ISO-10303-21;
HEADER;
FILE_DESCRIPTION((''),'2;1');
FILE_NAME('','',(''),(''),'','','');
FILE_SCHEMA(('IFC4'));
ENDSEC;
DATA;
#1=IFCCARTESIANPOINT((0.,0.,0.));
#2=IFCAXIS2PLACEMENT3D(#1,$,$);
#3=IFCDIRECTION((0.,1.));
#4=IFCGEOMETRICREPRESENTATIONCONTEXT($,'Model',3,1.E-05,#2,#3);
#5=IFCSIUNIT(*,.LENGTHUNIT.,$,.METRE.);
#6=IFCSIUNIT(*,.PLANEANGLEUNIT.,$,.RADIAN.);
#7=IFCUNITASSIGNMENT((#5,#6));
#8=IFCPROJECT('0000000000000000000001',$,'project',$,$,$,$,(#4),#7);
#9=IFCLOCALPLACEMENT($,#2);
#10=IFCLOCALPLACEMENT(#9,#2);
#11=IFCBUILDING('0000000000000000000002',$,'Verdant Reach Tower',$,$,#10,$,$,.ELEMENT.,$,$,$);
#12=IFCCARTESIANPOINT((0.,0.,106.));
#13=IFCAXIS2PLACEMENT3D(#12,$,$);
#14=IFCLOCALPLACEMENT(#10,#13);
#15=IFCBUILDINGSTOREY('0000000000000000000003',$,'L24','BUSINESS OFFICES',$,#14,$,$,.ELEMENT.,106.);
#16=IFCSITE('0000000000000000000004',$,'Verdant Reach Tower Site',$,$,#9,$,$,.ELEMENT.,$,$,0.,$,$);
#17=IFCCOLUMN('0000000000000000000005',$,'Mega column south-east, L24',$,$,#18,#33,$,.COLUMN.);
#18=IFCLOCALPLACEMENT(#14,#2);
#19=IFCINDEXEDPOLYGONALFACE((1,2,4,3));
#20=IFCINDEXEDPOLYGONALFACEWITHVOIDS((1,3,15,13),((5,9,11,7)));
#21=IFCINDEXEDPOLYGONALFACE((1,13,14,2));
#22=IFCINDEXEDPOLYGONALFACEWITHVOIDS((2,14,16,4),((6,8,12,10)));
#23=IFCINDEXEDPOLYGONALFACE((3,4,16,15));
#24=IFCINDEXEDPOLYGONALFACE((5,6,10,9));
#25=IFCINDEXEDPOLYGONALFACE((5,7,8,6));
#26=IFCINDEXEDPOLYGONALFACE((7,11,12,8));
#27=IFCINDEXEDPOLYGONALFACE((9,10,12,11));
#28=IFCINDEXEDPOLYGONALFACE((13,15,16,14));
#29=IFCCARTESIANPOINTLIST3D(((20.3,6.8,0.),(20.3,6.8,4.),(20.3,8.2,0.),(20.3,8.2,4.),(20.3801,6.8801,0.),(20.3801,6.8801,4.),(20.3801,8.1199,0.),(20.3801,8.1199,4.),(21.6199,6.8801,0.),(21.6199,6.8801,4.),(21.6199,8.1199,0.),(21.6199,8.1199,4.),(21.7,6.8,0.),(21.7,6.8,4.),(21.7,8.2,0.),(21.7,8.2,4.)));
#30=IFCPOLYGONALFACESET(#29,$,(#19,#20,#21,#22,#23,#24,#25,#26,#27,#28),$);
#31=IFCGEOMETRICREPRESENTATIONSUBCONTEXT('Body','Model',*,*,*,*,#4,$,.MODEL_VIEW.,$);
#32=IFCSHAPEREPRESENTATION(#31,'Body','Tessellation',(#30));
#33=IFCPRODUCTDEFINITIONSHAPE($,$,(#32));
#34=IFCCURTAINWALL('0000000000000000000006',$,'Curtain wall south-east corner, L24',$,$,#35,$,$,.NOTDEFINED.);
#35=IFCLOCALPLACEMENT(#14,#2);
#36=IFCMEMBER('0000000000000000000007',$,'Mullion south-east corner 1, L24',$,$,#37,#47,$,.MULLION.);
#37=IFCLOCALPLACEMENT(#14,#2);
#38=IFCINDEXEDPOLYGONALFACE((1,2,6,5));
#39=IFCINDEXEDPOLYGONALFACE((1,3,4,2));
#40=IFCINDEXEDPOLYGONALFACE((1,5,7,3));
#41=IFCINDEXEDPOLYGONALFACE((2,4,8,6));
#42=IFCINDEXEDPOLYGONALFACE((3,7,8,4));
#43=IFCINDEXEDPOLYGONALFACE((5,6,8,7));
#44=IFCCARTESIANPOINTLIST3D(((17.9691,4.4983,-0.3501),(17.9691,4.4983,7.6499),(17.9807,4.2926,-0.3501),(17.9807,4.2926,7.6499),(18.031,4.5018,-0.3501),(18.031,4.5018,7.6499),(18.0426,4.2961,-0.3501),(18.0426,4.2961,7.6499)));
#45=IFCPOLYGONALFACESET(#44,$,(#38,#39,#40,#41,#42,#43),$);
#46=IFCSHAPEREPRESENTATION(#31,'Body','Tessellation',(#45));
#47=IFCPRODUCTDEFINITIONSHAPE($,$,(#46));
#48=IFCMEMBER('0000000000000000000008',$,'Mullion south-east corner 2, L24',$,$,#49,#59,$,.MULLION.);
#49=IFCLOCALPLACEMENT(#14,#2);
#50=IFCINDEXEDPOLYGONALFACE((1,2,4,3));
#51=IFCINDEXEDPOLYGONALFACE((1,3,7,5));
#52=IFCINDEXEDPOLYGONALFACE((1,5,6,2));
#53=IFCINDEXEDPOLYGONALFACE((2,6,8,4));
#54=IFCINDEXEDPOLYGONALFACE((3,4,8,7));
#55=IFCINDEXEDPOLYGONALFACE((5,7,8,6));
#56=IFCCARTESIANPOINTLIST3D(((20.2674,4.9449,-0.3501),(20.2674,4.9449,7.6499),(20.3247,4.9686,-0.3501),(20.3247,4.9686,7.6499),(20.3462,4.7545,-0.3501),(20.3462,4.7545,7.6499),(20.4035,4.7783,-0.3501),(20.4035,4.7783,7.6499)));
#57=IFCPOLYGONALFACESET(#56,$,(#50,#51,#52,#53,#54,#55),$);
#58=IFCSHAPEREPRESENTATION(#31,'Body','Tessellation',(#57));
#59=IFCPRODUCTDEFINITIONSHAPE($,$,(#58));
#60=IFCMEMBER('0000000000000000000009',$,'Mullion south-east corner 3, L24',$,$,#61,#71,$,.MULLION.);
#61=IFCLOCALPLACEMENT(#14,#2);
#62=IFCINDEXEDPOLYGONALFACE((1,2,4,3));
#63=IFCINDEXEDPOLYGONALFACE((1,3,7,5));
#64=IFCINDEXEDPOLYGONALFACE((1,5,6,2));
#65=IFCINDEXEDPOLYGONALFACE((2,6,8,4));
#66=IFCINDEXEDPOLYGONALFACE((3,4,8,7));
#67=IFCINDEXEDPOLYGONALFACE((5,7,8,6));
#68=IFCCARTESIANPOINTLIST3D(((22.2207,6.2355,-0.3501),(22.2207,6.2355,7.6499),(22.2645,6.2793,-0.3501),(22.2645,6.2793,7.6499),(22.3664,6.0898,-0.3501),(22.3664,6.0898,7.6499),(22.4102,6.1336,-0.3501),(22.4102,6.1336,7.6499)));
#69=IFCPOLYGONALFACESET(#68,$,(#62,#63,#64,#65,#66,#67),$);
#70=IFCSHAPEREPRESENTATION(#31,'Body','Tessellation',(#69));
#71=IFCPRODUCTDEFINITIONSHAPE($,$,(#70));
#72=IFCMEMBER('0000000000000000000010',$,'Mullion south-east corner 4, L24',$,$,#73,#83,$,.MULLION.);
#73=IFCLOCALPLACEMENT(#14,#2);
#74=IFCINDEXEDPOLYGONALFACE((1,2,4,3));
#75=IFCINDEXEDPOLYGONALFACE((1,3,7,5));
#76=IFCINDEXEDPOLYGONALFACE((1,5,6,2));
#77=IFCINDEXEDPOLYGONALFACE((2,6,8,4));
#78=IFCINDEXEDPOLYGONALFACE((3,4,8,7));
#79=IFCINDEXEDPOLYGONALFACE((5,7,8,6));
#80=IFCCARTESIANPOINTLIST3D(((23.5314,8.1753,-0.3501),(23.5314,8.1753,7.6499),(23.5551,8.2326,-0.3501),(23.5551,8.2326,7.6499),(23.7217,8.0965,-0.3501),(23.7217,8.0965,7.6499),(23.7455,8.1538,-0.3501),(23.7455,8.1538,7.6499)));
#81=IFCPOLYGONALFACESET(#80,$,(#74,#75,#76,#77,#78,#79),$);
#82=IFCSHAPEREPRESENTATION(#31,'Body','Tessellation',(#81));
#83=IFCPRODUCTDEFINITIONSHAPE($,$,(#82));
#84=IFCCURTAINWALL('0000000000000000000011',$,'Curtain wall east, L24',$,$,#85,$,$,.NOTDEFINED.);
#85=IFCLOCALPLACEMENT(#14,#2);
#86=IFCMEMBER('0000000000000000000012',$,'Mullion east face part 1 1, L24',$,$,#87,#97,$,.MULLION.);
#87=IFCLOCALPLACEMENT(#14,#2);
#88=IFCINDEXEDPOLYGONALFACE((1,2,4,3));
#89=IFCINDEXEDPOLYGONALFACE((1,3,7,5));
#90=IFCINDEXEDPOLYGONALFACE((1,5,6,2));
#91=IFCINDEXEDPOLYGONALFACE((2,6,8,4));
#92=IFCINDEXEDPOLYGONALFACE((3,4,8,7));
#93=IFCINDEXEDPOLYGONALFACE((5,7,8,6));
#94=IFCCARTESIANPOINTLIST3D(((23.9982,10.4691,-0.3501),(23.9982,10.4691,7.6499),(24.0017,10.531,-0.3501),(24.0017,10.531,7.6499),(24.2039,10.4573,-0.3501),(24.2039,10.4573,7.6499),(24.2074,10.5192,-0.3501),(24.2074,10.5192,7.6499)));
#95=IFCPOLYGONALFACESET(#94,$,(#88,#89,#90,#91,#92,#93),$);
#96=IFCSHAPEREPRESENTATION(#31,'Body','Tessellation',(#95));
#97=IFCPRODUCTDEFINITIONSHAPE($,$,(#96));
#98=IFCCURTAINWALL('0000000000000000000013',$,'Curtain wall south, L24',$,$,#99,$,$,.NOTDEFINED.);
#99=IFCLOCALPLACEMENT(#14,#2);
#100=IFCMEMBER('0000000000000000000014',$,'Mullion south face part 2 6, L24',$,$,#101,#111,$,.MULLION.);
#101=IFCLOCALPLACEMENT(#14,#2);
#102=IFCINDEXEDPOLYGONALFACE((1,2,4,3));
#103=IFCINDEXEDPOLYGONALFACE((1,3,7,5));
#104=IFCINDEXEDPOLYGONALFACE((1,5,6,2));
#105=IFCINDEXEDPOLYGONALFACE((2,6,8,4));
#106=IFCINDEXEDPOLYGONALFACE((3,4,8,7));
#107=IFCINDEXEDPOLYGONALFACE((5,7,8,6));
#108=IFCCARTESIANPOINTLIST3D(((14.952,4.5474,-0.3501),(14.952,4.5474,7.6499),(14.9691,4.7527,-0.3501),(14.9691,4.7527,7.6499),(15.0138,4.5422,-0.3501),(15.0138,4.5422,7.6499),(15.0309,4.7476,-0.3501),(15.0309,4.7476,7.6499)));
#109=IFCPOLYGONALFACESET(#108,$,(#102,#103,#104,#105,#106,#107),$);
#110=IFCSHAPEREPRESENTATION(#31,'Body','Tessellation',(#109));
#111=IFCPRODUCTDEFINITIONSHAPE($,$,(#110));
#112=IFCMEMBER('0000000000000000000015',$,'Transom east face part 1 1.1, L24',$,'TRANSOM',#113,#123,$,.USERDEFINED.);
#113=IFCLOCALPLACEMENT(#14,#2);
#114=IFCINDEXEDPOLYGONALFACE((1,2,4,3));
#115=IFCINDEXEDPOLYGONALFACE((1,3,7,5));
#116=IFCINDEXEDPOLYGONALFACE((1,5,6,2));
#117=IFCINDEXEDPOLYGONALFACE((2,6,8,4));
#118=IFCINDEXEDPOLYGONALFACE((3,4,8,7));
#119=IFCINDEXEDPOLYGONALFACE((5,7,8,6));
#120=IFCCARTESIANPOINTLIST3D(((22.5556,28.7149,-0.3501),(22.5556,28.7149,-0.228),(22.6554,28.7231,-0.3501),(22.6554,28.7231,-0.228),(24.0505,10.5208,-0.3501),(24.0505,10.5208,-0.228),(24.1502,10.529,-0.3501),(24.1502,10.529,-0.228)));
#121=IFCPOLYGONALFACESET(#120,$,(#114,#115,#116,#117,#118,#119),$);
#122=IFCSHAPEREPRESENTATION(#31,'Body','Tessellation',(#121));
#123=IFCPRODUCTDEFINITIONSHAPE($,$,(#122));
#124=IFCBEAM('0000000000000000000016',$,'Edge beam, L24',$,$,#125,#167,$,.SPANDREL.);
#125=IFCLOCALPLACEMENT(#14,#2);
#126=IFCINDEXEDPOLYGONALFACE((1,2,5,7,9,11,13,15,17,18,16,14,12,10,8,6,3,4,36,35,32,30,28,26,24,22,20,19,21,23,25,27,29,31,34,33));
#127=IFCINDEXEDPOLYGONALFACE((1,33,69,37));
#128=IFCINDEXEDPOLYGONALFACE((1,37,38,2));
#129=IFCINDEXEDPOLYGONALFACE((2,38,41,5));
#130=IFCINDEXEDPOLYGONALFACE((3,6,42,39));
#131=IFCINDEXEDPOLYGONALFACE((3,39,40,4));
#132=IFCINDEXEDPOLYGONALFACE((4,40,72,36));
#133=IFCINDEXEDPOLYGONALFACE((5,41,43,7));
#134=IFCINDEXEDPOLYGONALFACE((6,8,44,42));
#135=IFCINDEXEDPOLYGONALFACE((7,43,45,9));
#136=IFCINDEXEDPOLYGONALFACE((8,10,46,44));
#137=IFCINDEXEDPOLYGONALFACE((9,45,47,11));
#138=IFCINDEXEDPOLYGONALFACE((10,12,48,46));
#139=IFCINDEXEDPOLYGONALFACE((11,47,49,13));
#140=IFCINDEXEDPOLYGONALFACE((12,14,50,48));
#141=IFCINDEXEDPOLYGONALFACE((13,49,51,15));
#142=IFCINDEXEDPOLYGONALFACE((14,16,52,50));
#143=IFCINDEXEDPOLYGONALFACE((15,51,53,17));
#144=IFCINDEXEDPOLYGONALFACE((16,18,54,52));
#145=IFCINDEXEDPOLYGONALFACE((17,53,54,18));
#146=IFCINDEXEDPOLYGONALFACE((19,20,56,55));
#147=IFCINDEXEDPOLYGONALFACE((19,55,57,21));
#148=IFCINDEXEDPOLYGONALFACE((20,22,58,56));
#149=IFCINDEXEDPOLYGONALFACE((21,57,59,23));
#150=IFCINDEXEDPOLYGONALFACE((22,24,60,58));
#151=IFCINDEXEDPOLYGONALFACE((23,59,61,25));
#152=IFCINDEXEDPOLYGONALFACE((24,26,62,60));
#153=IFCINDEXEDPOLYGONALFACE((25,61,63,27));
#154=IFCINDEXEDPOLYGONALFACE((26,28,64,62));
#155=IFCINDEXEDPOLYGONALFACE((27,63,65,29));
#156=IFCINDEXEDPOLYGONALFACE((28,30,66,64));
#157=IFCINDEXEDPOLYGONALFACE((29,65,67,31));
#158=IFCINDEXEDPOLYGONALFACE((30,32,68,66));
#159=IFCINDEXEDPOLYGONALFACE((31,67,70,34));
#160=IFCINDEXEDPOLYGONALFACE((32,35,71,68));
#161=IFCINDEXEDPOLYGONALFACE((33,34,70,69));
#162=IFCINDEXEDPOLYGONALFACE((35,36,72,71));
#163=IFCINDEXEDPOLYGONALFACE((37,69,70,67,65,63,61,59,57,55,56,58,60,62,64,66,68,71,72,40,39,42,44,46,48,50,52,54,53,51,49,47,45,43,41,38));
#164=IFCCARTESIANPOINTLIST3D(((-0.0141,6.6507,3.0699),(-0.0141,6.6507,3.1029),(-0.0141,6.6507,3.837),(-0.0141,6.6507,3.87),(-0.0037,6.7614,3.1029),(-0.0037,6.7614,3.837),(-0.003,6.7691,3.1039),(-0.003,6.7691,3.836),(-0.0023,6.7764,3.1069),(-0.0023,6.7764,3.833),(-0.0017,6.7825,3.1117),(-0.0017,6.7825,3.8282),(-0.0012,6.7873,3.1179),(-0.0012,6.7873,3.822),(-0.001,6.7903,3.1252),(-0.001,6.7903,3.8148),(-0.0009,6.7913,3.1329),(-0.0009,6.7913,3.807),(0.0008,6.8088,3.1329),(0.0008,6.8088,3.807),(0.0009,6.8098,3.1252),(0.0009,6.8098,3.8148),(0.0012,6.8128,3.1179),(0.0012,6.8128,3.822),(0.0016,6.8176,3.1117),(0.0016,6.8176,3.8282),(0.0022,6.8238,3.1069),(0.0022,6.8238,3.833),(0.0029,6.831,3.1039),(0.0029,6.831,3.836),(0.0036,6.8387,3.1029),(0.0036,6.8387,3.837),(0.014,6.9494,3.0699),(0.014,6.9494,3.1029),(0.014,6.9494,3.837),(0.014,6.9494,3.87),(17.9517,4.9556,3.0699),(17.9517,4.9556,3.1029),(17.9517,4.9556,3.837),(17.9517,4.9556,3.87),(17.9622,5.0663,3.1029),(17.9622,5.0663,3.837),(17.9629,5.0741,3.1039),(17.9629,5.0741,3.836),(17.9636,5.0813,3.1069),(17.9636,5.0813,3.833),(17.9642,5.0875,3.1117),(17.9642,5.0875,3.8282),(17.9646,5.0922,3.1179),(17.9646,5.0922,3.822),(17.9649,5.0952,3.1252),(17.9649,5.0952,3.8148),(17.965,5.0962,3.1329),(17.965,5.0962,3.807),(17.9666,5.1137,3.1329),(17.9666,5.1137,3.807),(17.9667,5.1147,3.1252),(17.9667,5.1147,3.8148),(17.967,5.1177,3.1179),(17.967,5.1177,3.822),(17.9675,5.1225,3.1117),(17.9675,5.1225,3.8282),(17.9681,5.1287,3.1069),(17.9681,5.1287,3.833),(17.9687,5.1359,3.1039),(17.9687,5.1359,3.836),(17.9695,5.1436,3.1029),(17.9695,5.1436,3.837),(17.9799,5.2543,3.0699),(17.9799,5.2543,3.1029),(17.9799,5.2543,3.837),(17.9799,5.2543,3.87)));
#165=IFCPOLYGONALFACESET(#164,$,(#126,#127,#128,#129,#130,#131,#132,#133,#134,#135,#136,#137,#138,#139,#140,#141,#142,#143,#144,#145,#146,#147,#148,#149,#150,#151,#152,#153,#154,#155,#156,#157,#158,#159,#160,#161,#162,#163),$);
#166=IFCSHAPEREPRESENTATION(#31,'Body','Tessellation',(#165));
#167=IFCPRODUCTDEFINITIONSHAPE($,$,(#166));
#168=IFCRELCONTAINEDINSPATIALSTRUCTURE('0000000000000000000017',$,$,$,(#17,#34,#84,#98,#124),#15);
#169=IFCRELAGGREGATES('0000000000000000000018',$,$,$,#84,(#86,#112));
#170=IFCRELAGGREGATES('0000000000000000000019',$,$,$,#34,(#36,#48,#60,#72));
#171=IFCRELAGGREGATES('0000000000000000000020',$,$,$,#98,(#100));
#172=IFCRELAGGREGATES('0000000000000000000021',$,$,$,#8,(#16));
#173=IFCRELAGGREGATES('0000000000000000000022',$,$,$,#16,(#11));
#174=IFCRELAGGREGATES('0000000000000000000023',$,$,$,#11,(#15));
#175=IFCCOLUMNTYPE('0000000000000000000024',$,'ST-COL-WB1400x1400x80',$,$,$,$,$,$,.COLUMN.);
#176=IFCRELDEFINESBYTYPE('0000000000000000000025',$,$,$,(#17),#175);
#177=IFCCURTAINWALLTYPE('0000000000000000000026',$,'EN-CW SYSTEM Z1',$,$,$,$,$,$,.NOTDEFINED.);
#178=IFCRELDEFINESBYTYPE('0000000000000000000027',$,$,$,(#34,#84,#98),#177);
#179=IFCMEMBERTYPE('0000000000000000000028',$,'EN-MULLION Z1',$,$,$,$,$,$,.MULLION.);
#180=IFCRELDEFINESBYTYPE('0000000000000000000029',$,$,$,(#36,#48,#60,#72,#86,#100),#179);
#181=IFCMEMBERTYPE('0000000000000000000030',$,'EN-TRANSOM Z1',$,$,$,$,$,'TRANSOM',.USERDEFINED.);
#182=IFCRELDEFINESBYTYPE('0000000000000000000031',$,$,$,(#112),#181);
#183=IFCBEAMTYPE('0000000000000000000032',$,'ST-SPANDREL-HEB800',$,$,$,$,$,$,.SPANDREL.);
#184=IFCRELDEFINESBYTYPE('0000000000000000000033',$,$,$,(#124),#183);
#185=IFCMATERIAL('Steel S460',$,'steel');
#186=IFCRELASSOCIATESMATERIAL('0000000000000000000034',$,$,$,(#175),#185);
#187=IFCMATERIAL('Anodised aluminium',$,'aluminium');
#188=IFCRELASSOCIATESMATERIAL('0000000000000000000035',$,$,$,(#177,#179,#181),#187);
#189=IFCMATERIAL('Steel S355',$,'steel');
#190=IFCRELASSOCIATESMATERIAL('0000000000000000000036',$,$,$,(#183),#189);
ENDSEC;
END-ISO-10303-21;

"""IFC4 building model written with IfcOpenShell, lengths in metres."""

from ifc_helpers import new_model, si_unit, direction, frame, origin, origin_2d, place, context, subcontext, project, spatial, rectangle, hollow_rectangle, i_section, extrude, material, material_profile, profile_set, type_object, element, aggregate, save


model = new_model("IFC4")

# Units and contexts
model_context = context("Model", 3, precision=1e-05, world=origin(), true_north=direction((0.0, 1.0)))
body_context = subcontext(model_context, "Body", "Model", "MODEL_VIEW")
ifc_project = project(units=[si_unit("LENGTHUNIT", "METRE"), si_unit("PLANEANGLEUNIT", "RADIAN")], contexts=[model_context])

# Site, building, storey
site_placement = place(None, origin())
site = spatial("IfcSite", under=ifc_project, at=site_placement, Name="Verdant Reach Tower Site", CompositionType="ELEMENT", RefElevation=0.0)
building_placement = place(site_placement, origin())
building = spatial("IfcBuilding", under=site, at=building_placement, Name="Verdant Reach Tower", CompositionType="ELEMENT")
storey_placement = place(building_placement, frame((0.0, 0.0, 106.0)))
storey = spatial("IfcBuildingStorey", under=building, at=storey_placement, Name="L24", Description="BUSINESS OFFICES", CompositionType="ELEMENT", Elevation=106.0)

# Column
ifc_material_1 = material(Name="Steel S460", Category="steel")
ifc_material_profile_1 = material_profile(ifc_material_1, hollow_rectangle(XDim=1.3999, YDim=1.3999, WallThickness=0.0801, at=origin_2d()), Name="WB 1400x1400x80")
ifc_profile_set_1 = profile_set([ifc_material_profile_1], Name="Steel S460")
column_type = type_object("IfcColumnType", Name="ST-COL-WB1400x1400x80", PredefinedType="COLUMN", material=ifc_profile_set_1)
column_placement = place(storey_placement, frame((21.0, 7.5, 0.0), z_axis=(0.0, 0.0, 1.0), x_axis=(1.0, 0.0, 0.0)))
element("IfcColumn", 1, at=column_placement, inside=storey, type_object=column_type, Name="Mega column south-east, L24", PredefinedType="COLUMN", context=body_context, shape_type="SweptSolid", body=[
    extrude(hollow_rectangle(XDim=1.3999, YDim=1.3999, WallThickness=0.0801, at=origin_2d()), origin(), (0.0, 0.0, 1.0), 4.0),
])

# Curtain wall, members
ifc_material_2 = material(Name="Anodised aluminium", Category="aluminium")
curtain_wall_type = type_object("IfcCurtainWallType", Name="EN-CW SYSTEM Z1", PredefinedType="NOTDEFINED", material=ifc_material_2)
curtain_wall_1_placement = place(storey_placement, origin())
curtain_wall_1 = element("IfcCurtainWall", 2, at=curtain_wall_1_placement, inside=storey, type_object=curtain_wall_type, Name="Curtain wall south-east corner, L24", PredefinedType="NOTDEFINED")
ifc_material_profile_2 = material_profile(ifc_material_2, rectangle(XDim=0.2061, YDim=0.062, at=origin_2d()), Name="Mullion 62x206")
ifc_profile_set_2 = profile_set([ifc_material_profile_2], Name="Anodised aluminium")
member_type_1 = type_object("IfcMemberType", Name="EN-MULLION Z1", PredefinedType="MULLION", material=ifc_profile_set_2)
member_1_placement = place(storey_placement, frame((18.0059, 4.3972, -0.3501), z_axis=(0.0, 0.0, 1.0), x_axis=(0.056569, -0.998399, 0.0)))
member_1 = element("IfcMember", 3, at=member_1_placement, type_object=member_type_1, Name="Mullion south-east corner 1, L24", PredefinedType="MULLION", context=body_context, shape_type="SweptSolid", body=[
    extrude(rectangle(XDim=0.2061, YDim=0.062, at=origin_2d()), origin(), (0.0, 0.0, 1.0), 8.0),
])
member_2_placement = place(storey_placement, frame((20.3354, 4.8616, -0.3501), z_axis=(0.0, 0.0, 1.0), x_axis=(0.382694, -0.923875, 0.0)))
member_2 = element("IfcMember", 4, at=member_2_placement, type_object=member_type_1, Name="Mullion south-east corner 2, L24", PredefinedType="MULLION", context=body_context, shape_type="SweptSolid", body=[
    extrude(rectangle(XDim=0.2061, YDim=0.062, at=origin_2d()), origin(), (0.0, 0.0, 1.0), 8.0),
])
member_3_placement = place(storey_placement, frame((22.3154, 6.1846, -0.3501), z_axis=(0.0, 0.0, 1.0), x_axis=(0.707107, -0.707107, 0.0)))
member_3 = element("IfcMember", 5, at=member_3_placement, type_object=member_type_1, Name="Mullion south-east corner 3, L24", PredefinedType="MULLION", context=body_context, shape_type="SweptSolid", body=[
    extrude(rectangle(XDim=0.2061, YDim=0.062, at=origin_2d()), origin(), (0.0, 0.0, 1.0), 8.0),
])
member_4_placement = place(storey_placement, frame((23.6384, 8.1646, -0.3501), z_axis=(0.0, 0.0, 1.0), x_axis=(0.923875, -0.382694, 0.0)))
member_4 = element("IfcMember", 6, at=member_4_placement, type_object=member_type_1, Name="Mullion south-east corner 4, L24", PredefinedType="MULLION", context=body_context, shape_type="SweptSolid", body=[
    extrude(rectangle(XDim=0.2061, YDim=0.062, at=origin_2d()), origin(), (0.0, 0.0, 1.0), 8.0),
])

# Curtain walls, members
curtain_wall_2_placement = place(storey_placement, origin())
curtain_wall_2 = element("IfcCurtainWall", 7, at=curtain_wall_2_placement, inside=storey, type_object=curtain_wall_type, Name="Curtain wall east, L24", PredefinedType="NOTDEFINED")
member_5_placement = place(storey_placement, frame((24.1028, 10.4941, -0.3501), z_axis=(0.0, 0.0, 1.0), x_axis=(0.998366, -0.057135, 0.0)))
member_5 = element("IfcMember", 8, at=member_5_placement, type_object=member_type_1, Name="Mullion east face part 1 1, L24", PredefinedType="MULLION", context=body_context, shape_type="SweptSolid", body=[
    extrude(rectangle(XDim=0.2061, YDim=0.062, at=origin_2d()), origin(), (0.0, 0.0, 1.0), 8.0),
])
curtain_wall_3_placement = place(storey_placement, origin())
curtain_wall_3 = element("IfcCurtainWall", 9, at=curtain_wall_3_placement, inside=storey, type_object=curtain_wall_type, Name="Curtain wall south, L24", PredefinedType="NOTDEFINED")
member_6_placement = place(storey_placement, frame((14.9915, 4.6475, -0.3501), z_axis=(0.0, 0.0, 1.0), x_axis=(-0.083045, -0.996546, 0.0)))
member_6 = element("IfcMember", 10, at=member_6_placement, type_object=member_type_1, Name="Mullion south face part 2 6, L24", PredefinedType="MULLION", context=body_context, shape_type="SweptSolid", body=[
    extrude(rectangle(XDim=0.2061, YDim=0.062, at=origin_2d()), origin(), (0.0, 0.0, 1.0), 8.0),
])

# Member
ifc_material_profile_3 = material_profile(ifc_material_2, rectangle(XDim=0.1001, YDim=0.1221, at=origin_2d()), Name="Transom 122x100")
ifc_profile_set_3 = profile_set([ifc_material_profile_3], Name="Anodised aluminium")
member_type_2 = type_object("IfcMemberType", Name="EN-TRANSOM Z1", ElementType="TRANSOM", PredefinedType="USERDEFINED", material=ifc_profile_set_3)
member_7_placement = place(storey_placement, frame((24.1003, 10.5249, -0.2891), z_axis=(-0.081887, 0.996642, 0.0), x_axis=(-0.996642, -0.081887, 0.0)))
member_7 = element("IfcMember", 11, at=member_7_placement, type_object=member_type_2, Name="Transom east face part 1 1.1, L24", ObjectType="TRANSOM", PredefinedType="USERDEFINED", context=body_context, shape_type="SweptSolid", body=[
    extrude(rectangle(XDim=0.1001, YDim=0.1221, at=origin_2d()), origin(), (0.0, 0.0, 1.0), 18.2554),
])
aggregate(curtain_wall_2, [member_5, member_7])

# Beam
ifc_material_3 = material(Name="Steel S355", Category="steel")
ifc_material_profile_4 = material_profile(ifc_material_3, i_section(OverallWidth=0.3, OverallDepth=0.8, WebThickness=0.0176, FlangeThickness=0.033, FilletRadius=0.03, at=origin_2d()), Name="HEB 800")
ifc_profile_set_4 = profile_set([ifc_material_profile_4], Name="Steel S355")
beam_type_1 = type_object("IfcBeamType", Name="ST-SPANDREL-HEB800", PredefinedType="SPANDREL", material=ifc_profile_set_4)
beam_1_placement = place(storey_placement, frame((17.9658, 5.105, 3.47), z_axis=(-0.995579, 0.093932, 0.0), x_axis=(-0.093932, -0.995579, 0.0)))
element("IfcBeam", 12, at=beam_1_placement, inside=storey, type_object=beam_type_1, Name="Edge beam, L24", PredefinedType="SPANDREL", context=body_context, shape_type="SweptSolid", body=[
    extrude(i_section(OverallWidth=0.3, OverallDepth=0.8, WebThickness=0.0176, FlangeThickness=0.033, FilletRadius=0.03, at=origin_2d()), origin(), (0.0, 0.0, 1.0), 18.0457),
])

aggregate(curtain_wall_1, [member_1, member_2, member_3, member_4])
aggregate(curtain_wall_3, [member_6])

save(model, "model.ifc")
